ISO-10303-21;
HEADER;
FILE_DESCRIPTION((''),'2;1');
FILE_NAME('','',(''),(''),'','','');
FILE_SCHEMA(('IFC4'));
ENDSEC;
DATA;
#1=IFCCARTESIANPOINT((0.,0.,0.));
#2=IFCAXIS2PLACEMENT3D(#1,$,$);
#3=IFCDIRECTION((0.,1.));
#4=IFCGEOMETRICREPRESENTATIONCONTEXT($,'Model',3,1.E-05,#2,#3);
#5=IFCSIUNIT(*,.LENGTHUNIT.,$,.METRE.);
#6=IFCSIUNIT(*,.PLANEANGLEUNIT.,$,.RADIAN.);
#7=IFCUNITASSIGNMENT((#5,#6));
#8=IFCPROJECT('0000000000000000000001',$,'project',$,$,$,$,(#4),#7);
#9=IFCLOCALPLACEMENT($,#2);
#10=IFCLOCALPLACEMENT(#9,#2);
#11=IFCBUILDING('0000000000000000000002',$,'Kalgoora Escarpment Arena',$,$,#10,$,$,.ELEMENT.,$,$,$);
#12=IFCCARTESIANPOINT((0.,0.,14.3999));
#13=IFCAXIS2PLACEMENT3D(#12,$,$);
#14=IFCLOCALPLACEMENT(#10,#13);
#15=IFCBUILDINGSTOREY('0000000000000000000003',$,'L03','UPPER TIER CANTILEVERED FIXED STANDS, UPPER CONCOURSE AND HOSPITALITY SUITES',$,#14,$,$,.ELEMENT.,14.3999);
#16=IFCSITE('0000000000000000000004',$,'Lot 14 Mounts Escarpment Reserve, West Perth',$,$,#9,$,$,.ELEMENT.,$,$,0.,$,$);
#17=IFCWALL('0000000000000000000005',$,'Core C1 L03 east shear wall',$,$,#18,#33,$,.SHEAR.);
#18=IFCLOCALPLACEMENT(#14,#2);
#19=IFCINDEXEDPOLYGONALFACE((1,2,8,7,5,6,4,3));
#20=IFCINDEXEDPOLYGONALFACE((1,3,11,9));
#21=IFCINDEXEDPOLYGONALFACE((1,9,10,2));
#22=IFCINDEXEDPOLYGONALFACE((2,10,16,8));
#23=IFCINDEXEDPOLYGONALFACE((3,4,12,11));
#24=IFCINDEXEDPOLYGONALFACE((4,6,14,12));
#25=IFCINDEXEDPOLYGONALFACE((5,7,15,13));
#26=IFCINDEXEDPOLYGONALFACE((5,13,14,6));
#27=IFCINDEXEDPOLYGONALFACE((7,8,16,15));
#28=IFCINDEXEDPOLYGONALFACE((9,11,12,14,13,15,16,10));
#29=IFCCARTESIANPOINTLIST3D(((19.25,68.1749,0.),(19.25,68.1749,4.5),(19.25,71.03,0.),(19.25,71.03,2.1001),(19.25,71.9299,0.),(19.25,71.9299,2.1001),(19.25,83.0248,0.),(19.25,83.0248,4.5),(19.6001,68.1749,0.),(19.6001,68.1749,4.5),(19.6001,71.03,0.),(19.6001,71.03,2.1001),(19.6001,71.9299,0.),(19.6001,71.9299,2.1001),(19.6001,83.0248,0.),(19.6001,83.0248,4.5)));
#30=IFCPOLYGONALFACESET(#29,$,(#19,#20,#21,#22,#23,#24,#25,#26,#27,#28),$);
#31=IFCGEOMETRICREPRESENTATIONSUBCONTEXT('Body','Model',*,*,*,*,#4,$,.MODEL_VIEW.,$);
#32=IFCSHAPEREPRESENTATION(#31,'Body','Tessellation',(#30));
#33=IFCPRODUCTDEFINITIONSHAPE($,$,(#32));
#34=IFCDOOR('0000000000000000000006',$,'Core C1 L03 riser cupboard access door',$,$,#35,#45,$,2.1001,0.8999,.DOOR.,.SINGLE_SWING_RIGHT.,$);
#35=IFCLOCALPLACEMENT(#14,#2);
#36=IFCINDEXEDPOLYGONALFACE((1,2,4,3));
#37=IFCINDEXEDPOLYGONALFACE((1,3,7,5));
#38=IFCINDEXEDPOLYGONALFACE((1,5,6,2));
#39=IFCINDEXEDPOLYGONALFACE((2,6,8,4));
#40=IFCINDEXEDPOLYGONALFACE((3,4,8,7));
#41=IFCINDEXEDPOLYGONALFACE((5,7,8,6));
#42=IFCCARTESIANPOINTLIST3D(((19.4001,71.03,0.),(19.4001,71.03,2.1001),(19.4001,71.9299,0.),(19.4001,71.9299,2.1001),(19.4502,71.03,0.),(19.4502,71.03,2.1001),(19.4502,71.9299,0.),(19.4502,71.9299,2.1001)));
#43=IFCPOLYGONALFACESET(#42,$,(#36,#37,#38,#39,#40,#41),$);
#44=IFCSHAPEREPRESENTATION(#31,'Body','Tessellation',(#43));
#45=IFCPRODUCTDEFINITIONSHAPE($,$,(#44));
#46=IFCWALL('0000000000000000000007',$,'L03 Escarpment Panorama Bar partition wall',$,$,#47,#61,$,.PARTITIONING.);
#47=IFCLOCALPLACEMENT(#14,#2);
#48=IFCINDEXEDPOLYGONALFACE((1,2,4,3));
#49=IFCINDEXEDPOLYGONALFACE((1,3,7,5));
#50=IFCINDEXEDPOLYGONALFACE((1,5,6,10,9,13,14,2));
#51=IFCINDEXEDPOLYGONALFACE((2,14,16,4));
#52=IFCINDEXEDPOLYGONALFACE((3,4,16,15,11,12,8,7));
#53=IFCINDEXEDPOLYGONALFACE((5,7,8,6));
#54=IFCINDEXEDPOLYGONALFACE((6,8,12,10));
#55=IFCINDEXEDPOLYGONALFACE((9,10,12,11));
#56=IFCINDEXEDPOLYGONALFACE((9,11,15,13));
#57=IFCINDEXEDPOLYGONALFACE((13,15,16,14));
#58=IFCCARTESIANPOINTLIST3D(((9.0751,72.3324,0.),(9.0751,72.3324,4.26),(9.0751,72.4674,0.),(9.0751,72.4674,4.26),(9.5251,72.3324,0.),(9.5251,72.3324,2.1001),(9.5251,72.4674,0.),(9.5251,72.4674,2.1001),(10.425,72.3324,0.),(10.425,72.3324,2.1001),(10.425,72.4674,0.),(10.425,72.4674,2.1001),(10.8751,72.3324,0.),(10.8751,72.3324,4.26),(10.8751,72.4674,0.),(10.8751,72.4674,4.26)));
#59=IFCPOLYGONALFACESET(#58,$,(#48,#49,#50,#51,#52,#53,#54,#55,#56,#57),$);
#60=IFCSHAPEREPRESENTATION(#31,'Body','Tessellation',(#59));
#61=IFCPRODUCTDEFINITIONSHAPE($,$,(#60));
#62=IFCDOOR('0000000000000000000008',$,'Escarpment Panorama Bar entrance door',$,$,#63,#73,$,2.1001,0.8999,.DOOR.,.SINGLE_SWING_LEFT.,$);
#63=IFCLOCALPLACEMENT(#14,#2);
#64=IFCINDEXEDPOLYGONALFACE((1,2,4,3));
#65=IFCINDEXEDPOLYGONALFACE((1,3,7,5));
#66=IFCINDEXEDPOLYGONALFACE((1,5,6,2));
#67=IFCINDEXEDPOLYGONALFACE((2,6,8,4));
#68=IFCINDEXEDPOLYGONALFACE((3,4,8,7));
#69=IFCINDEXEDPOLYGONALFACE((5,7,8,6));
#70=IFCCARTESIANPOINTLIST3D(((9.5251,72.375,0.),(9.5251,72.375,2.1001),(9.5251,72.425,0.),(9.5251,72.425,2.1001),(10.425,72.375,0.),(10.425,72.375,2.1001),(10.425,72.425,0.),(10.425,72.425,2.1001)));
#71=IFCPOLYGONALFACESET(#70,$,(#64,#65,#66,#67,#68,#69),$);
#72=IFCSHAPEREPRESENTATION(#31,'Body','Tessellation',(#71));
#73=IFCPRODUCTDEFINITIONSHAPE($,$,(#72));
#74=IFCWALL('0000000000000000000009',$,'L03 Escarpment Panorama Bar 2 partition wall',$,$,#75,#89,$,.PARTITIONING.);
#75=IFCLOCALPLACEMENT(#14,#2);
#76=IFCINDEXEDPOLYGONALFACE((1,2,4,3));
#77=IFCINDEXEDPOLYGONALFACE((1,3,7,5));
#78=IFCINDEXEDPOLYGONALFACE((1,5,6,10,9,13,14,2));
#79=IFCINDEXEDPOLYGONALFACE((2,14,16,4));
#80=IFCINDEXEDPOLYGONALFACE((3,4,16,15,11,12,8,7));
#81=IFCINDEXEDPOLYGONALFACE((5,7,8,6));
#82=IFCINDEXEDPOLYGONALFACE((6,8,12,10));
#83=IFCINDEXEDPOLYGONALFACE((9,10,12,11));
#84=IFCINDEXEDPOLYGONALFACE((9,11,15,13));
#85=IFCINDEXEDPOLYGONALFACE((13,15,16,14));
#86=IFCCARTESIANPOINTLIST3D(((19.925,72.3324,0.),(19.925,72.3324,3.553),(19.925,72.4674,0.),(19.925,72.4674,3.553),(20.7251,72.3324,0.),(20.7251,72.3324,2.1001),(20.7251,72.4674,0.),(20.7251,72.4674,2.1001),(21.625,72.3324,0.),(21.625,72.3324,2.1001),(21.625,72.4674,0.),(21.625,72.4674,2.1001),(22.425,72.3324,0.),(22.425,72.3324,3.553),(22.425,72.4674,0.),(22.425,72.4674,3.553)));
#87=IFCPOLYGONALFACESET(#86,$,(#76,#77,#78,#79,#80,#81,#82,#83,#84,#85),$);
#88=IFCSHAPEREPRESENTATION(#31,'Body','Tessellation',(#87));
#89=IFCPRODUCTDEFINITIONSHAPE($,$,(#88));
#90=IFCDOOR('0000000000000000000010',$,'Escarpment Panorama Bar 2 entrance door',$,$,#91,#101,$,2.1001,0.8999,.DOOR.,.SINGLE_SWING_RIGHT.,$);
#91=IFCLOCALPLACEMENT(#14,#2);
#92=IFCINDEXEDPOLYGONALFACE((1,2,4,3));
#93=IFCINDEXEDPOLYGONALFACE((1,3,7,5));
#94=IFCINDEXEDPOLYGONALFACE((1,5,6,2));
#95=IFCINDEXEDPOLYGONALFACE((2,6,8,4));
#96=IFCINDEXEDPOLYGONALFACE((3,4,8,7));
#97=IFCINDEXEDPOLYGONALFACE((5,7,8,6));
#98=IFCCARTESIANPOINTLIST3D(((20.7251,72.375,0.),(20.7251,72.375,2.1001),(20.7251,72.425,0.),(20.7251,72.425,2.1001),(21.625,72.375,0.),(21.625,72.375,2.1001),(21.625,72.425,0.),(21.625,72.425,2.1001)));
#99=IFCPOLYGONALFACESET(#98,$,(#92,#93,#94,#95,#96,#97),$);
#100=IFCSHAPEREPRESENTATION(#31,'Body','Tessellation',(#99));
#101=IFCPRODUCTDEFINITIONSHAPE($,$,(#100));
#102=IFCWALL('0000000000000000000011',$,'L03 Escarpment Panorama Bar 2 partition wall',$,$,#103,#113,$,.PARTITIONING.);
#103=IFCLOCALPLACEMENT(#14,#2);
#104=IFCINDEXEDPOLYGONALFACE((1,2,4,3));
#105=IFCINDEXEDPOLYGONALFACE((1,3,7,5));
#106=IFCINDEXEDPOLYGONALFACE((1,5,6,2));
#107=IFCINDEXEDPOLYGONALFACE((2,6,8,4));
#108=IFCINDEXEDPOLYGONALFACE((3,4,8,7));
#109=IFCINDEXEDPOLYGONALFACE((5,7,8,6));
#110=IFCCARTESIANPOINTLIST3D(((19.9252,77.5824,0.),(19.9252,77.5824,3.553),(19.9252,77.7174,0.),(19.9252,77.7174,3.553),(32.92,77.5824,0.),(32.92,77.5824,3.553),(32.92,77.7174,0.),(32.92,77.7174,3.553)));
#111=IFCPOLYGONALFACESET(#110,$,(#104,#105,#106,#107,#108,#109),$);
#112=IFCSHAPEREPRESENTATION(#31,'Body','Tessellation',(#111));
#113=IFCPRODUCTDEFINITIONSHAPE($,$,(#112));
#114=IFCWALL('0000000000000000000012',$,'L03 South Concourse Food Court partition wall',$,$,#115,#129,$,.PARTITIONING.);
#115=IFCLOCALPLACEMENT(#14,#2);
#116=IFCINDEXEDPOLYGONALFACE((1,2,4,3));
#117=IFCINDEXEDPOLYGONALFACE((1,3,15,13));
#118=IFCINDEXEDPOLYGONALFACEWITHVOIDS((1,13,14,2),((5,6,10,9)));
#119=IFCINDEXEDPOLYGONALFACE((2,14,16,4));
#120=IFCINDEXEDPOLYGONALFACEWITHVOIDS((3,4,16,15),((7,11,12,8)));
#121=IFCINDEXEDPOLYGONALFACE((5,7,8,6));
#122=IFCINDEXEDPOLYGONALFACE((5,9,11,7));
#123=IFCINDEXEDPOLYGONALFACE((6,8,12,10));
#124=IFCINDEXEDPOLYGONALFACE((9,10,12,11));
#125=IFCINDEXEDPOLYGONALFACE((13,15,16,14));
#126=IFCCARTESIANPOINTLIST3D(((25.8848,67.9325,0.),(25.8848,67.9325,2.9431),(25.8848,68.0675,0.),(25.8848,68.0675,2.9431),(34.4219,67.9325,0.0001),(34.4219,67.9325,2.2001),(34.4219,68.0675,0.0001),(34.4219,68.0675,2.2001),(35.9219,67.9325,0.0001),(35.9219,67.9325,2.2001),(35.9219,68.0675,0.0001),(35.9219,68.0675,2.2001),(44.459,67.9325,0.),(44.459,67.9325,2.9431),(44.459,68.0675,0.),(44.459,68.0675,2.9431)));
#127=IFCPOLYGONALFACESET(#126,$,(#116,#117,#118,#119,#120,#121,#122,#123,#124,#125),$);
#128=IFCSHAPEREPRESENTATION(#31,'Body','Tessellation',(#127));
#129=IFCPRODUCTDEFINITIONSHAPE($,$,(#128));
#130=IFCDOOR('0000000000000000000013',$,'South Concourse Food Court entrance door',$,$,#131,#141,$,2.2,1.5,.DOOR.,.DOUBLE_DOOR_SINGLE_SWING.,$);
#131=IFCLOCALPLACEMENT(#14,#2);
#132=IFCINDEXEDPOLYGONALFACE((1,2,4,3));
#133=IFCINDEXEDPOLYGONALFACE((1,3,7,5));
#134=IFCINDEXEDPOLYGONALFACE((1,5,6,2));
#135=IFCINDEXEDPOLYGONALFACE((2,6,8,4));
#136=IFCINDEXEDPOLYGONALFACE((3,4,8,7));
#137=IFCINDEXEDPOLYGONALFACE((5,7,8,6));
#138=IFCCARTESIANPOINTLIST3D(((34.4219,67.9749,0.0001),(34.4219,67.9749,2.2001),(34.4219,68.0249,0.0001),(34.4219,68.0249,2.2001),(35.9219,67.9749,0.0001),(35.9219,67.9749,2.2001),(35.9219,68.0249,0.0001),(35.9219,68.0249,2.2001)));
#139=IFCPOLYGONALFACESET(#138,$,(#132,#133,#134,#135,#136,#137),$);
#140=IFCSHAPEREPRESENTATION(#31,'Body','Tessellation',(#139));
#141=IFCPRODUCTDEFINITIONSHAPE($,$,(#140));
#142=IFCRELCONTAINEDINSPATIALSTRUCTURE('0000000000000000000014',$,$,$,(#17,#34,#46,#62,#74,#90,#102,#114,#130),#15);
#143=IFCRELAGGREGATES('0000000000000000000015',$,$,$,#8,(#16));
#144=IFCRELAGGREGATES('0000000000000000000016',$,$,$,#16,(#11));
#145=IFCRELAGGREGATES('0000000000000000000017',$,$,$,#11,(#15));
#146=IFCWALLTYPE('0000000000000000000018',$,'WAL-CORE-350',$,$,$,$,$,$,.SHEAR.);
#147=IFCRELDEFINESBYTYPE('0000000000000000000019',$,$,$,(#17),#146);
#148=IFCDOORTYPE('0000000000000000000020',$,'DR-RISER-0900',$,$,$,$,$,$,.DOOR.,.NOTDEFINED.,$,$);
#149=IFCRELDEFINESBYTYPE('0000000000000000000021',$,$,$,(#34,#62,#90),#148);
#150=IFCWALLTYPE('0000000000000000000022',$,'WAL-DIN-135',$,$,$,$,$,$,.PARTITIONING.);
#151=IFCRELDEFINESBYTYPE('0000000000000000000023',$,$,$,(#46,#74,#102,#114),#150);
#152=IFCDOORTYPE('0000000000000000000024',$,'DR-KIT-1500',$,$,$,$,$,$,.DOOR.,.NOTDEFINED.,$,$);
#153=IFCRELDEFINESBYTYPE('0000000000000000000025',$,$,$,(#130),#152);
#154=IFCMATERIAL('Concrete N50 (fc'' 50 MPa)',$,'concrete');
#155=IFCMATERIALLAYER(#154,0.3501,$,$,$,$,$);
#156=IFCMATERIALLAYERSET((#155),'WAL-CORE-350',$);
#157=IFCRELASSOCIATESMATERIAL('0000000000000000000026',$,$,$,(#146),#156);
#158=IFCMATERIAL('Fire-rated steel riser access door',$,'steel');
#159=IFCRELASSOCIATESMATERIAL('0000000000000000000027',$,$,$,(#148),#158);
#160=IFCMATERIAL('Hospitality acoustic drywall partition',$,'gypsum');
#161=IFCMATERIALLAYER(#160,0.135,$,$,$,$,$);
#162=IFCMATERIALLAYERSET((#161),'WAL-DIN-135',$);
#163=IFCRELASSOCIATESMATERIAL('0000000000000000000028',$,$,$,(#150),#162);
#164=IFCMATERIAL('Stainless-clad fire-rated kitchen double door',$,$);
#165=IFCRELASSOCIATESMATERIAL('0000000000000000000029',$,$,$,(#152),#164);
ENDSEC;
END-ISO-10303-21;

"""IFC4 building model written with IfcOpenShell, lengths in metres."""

from ifc_helpers import new_model, si_unit, direction, frame, frame_2d, origin, place, context, subcontext, project, spatial, rectangle, extrude, material, layer, layer_set, type_object, element, fill, save


model = new_model("IFC4")

# Units and contexts
model_context = context("Model", 3, precision=1e-05, world=origin(), true_north=direction((0.0, 1.0)))
body_context = subcontext(model_context, "Body", "Model", "MODEL_VIEW")
ifc_project = project(units=[si_unit("LENGTHUNIT", "METRE"), si_unit("PLANEANGLEUNIT", "RADIAN")], contexts=[model_context])

# Site, building, storey
site_placement = place(None, origin())
site = spatial("IfcSite", under=ifc_project, at=site_placement, Name="Lot 14 Mounts Escarpment Reserve, West Perth", CompositionType="ELEMENT", RefElevation=0.0)
building_placement = place(site_placement, origin())
building = spatial("IfcBuilding", under=site, at=building_placement, Name="Kalgoora Escarpment Arena", CompositionType="ELEMENT")
storey_placement = place(building_placement, frame((0.0, 0.0, 14.3999)))
storey = spatial("IfcBuildingStorey", under=building, at=storey_placement, Name="L03", Description="UPPER TIER CANTILEVERED FIXED STANDS, UPPER CONCOURSE AND HOSPITALITY SUITES", CompositionType="ELEMENT", Elevation=14.3999)

# Shared definitions
ifc_material_1 = material(Name="Concrete N50 (fc' 50 MPa)", Category="concrete")
ifc_layer_1 = layer(ifc_material_1, 0.3501)
ifc_layer_set_1 = layer_set([ifc_layer_1], Name="WAL-CORE-350")
wall_type_1 = type_object("IfcWallType", Name="WAL-CORE-350", PredefinedType="SHEAR", material=ifc_layer_set_1)

# Walls, openings, doors
wall_1_placement = place(storey_placement, frame((19.425, 68.175, 0.0), z_axis=(0.0, 0.0, 1.0), x_axis=(0.0, 1.0, 0.0)))
wall_1 = element("IfcWall", 1, at=wall_1_placement, inside=storey, type_object=wall_type_1, Name="Core C1 L03 east shear wall", PredefinedType="SHEAR", context=body_context, shape_type="SweptSolid", body=[
    extrude(rectangle(XDim=14.8499, YDim=0.3501, at=frame_2d((7.4248, 0.0))), origin(), (0.0, 0.0, 1.0), 4.5),
])
opening_1_placement = place(wall_1_placement, frame((2.855, 0.0, 0.0)))
opening_1 = element("IfcOpeningElement", 2, at=opening_1_placement, cuts=wall_1, PredefinedType="OPENING", context=body_context, shape_type="SweptSolid", body=[
    extrude(rectangle(XDim=0.8999, YDim=2.1001, at=frame_2d((0.45, 1.05))), frame((0.0, 0.1851, 0.0), z_axis=(0.0, -1.0, 0.0), x_axis=(1.0, 0.0, 0.0)), (0.0, 0.0, 1.0), 0.3701),
])
ifc_material_2 = material(Name="Fire-rated steel riser access door", Category="steel")
door_type_1 = type_object("IfcDoorType", Name="DR-RISER-0900", OperationType="NOTDEFINED", PredefinedType="DOOR", material=ifc_material_2)
door_1_placement = place(opening_1_placement, origin())
door_1 = element("IfcDoor", 3, at=door_1_placement, inside=storey, type_object=door_type_1, Name="Core C1 L03 riser cupboard access door", OperationType="SINGLE_SWING_RIGHT", OverallHeight=2.1001, OverallWidth=0.8999, PredefinedType="DOOR", context=body_context, shape_type="SweptSolid", body=[
    extrude(rectangle(XDim=0.8999, YDim=2.1001, at=frame_2d((0.45, 1.05))), frame((0.0, 0.0249, 0.0), z_axis=(0.0, -1.0, 0.0), x_axis=(1.0, 0.0, 0.0)), (0.0, 0.0, 1.0), 0.05),
])
fill(opening_1, door_1)
ifc_material_3 = material(Name="Hospitality acoustic drywall partition", Category="gypsum")
ifc_layer_2 = layer(ifc_material_3, 0.135)
ifc_layer_set_2 = layer_set([ifc_layer_2], Name="WAL-DIN-135")
wall_type_2 = type_object("IfcWallType", Name="WAL-DIN-135", PredefinedType="PARTITIONING", material=ifc_layer_set_2)
wall_2_placement = place(storey_placement, frame((10.875, 72.3999, 0.0), z_axis=(0.0, 0.0, 1.0), x_axis=(-1.0, 0.0, 0.0)))
wall_2 = element("IfcWall", 4, at=wall_2_placement, inside=storey, type_object=wall_type_2, Name="L03 Escarpment Panorama Bar partition wall", PredefinedType="PARTITIONING", context=body_context, shape_type="SweptSolid", body=[
    extrude(rectangle(XDim=1.8, YDim=0.135, at=frame_2d((0.8999, 0.0))), origin(), (0.0, 0.0, 1.0), 4.26),
])
opening_2_placement = place(wall_2_placement, frame((0.45, 0.0, 0.0)))
opening_2 = element("IfcOpeningElement", 5, at=opening_2_placement, cuts=wall_2, PredefinedType="OPENING", context=body_context, shape_type="SweptSolid", body=[
    extrude(rectangle(XDim=0.8999, YDim=2.1001, at=frame_2d((0.45, 1.05))), frame((0.0, 0.0774, 0.0), z_axis=(0.0, -1.0, 0.0), x_axis=(1.0, 0.0, 0.0)), (0.0, 0.0, 1.0), 0.155),
])
door_2_placement = place(opening_2_placement, origin())
door_2 = element("IfcDoor", 6, at=door_2_placement, inside=storey, type_object=door_type_1, Name="Escarpment Panorama Bar entrance door", OperationType="SINGLE_SWING_LEFT", OverallHeight=2.1001, OverallWidth=0.8999, PredefinedType="DOOR", context=body_context, shape_type="SweptSolid", body=[
    extrude(rectangle(XDim=0.8999, YDim=2.1001, at=frame_2d((0.45, 1.05))), frame((0.0, 0.0249, 0.0), z_axis=(0.0, -1.0, 0.0), x_axis=(1.0, 0.0, 0.0)), (0.0, 0.0, 1.0), 0.05),
])
fill(opening_2, door_2)
wall_3_placement = place(storey_placement, frame((22.425, 72.3999, 0.0), z_axis=(0.0, 0.0, 1.0), x_axis=(-1.0, 0.0, 0.0)))
wall_3 = element("IfcWall", 7, at=wall_3_placement, inside=storey, type_object=wall_type_2, Name="L03 Escarpment Panorama Bar 2 partition wall", PredefinedType="PARTITIONING", context=body_context, shape_type="SweptSolid", body=[
    extrude(rectangle(XDim=2.5, YDim=0.135, at=frame_2d((1.25, 0.0))), origin(), (0.0, 0.0, 1.0), 3.553),
])
opening_3_placement = place(wall_3_placement, frame((0.8, 0.0, 0.0)))
opening_3 = element("IfcOpeningElement", 8, at=opening_3_placement, cuts=wall_3, PredefinedType="OPENING", context=body_context, shape_type="SweptSolid", body=[
    extrude(rectangle(XDim=0.8999, YDim=2.1001, at=frame_2d((0.45, 1.05))), frame((0.0, 0.0774, 0.0), z_axis=(0.0, -1.0, 0.0), x_axis=(1.0, 0.0, 0.0)), (0.0, 0.0, 1.0), 0.155),
])
door_3_placement = place(opening_3_placement, origin())
door_3 = element("IfcDoor", 9, at=door_3_placement, inside=storey, type_object=door_type_1, Name="Escarpment Panorama Bar 2 entrance door", OperationType="SINGLE_SWING_RIGHT", OverallHeight=2.1001, OverallWidth=0.8999, PredefinedType="DOOR", context=body_context, shape_type="SweptSolid", body=[
    extrude(rectangle(XDim=0.8999, YDim=2.1001, at=frame_2d((0.45, 1.05))), frame((0.0, 0.0249, 0.0), z_axis=(0.0, -1.0, 0.0), x_axis=(1.0, 0.0, 0.0)), (0.0, 0.0, 1.0), 0.05),
])
fill(opening_3, door_3)

# Wall
wall_4_placement = place(storey_placement, frame((19.925, 77.6499, 0.0), z_axis=(0.0, 0.0, 1.0), x_axis=(1.0, 0.0, 0.0)))
element("IfcWall", 10, at=wall_4_placement, inside=storey, type_object=wall_type_2, Name="L03 Escarpment Panorama Bar 2 partition wall", PredefinedType="PARTITIONING", context=body_context, shape_type="SweptSolid", body=[
    extrude(rectangle(XDim=12.9949, YDim=0.135, at=frame_2d((6.4976, 0.0))), origin(), (0.0, 0.0, 1.0), 3.553),
])

# Wall, opening, door
wall_5_placement = place(storey_placement, frame((25.8848, 68.0, 0.0), z_axis=(0.0, 0.0, 1.0), x_axis=(1.0, 0.0, 0.0)))
wall_5 = element("IfcWall", 11, at=wall_5_placement, inside=storey, type_object=wall_type_2, Name="L03 South Concourse Food Court partition wall", PredefinedType="PARTITIONING", context=body_context, shape_type="SweptSolid", body=[
    extrude(rectangle(XDim=18.5742, YDim=0.135, at=frame_2d((9.2871, 0.0))), origin(), (0.0, 0.0, 1.0), 2.9431),
])
opening_4_placement = place(wall_5_placement, frame((8.5371, 0.0, 0.0)))
opening_4 = element("IfcOpeningElement", 12, at=opening_4_placement, cuts=wall_5, PredefinedType="OPENING", context=body_context, shape_type="SweptSolid", body=[
    extrude(rectangle(XDim=1.5, YDim=2.2, at=frame_2d((0.75, 1.1001))), frame((0.0, 0.0774, 0.0), z_axis=(0.0, -1.0, 0.0), x_axis=(1.0, 0.0, 0.0)), (0.0, 0.0, 1.0), 0.155),
])
ifc_material_4 = material(Name="Stainless-clad fire-rated kitchen double door")
door_type_2 = type_object("IfcDoorType", Name="DR-KIT-1500", OperationType="NOTDEFINED", PredefinedType="DOOR", material=ifc_material_4)
door_4_placement = place(opening_4_placement, origin())
door_4 = element("IfcDoor", 13, at=door_4_placement, inside=storey, type_object=door_type_2, Name="South Concourse Food Court entrance door", OperationType="DOUBLE_DOOR_SINGLE_SWING", OverallHeight=2.2, OverallWidth=1.5, PredefinedType="DOOR", context=body_context, shape_type="SweptSolid", body=[
    extrude(rectangle(XDim=1.5, YDim=2.2, at=frame_2d((0.75, 1.1001))), frame((0.0, 0.0249, 0.0), z_axis=(0.0, -1.0, 0.0), x_axis=(1.0, 0.0, 0.0)), (0.0, 0.0, 1.0), 0.05),
])
fill(opening_4, door_4)

save(model, "model.ifc")
